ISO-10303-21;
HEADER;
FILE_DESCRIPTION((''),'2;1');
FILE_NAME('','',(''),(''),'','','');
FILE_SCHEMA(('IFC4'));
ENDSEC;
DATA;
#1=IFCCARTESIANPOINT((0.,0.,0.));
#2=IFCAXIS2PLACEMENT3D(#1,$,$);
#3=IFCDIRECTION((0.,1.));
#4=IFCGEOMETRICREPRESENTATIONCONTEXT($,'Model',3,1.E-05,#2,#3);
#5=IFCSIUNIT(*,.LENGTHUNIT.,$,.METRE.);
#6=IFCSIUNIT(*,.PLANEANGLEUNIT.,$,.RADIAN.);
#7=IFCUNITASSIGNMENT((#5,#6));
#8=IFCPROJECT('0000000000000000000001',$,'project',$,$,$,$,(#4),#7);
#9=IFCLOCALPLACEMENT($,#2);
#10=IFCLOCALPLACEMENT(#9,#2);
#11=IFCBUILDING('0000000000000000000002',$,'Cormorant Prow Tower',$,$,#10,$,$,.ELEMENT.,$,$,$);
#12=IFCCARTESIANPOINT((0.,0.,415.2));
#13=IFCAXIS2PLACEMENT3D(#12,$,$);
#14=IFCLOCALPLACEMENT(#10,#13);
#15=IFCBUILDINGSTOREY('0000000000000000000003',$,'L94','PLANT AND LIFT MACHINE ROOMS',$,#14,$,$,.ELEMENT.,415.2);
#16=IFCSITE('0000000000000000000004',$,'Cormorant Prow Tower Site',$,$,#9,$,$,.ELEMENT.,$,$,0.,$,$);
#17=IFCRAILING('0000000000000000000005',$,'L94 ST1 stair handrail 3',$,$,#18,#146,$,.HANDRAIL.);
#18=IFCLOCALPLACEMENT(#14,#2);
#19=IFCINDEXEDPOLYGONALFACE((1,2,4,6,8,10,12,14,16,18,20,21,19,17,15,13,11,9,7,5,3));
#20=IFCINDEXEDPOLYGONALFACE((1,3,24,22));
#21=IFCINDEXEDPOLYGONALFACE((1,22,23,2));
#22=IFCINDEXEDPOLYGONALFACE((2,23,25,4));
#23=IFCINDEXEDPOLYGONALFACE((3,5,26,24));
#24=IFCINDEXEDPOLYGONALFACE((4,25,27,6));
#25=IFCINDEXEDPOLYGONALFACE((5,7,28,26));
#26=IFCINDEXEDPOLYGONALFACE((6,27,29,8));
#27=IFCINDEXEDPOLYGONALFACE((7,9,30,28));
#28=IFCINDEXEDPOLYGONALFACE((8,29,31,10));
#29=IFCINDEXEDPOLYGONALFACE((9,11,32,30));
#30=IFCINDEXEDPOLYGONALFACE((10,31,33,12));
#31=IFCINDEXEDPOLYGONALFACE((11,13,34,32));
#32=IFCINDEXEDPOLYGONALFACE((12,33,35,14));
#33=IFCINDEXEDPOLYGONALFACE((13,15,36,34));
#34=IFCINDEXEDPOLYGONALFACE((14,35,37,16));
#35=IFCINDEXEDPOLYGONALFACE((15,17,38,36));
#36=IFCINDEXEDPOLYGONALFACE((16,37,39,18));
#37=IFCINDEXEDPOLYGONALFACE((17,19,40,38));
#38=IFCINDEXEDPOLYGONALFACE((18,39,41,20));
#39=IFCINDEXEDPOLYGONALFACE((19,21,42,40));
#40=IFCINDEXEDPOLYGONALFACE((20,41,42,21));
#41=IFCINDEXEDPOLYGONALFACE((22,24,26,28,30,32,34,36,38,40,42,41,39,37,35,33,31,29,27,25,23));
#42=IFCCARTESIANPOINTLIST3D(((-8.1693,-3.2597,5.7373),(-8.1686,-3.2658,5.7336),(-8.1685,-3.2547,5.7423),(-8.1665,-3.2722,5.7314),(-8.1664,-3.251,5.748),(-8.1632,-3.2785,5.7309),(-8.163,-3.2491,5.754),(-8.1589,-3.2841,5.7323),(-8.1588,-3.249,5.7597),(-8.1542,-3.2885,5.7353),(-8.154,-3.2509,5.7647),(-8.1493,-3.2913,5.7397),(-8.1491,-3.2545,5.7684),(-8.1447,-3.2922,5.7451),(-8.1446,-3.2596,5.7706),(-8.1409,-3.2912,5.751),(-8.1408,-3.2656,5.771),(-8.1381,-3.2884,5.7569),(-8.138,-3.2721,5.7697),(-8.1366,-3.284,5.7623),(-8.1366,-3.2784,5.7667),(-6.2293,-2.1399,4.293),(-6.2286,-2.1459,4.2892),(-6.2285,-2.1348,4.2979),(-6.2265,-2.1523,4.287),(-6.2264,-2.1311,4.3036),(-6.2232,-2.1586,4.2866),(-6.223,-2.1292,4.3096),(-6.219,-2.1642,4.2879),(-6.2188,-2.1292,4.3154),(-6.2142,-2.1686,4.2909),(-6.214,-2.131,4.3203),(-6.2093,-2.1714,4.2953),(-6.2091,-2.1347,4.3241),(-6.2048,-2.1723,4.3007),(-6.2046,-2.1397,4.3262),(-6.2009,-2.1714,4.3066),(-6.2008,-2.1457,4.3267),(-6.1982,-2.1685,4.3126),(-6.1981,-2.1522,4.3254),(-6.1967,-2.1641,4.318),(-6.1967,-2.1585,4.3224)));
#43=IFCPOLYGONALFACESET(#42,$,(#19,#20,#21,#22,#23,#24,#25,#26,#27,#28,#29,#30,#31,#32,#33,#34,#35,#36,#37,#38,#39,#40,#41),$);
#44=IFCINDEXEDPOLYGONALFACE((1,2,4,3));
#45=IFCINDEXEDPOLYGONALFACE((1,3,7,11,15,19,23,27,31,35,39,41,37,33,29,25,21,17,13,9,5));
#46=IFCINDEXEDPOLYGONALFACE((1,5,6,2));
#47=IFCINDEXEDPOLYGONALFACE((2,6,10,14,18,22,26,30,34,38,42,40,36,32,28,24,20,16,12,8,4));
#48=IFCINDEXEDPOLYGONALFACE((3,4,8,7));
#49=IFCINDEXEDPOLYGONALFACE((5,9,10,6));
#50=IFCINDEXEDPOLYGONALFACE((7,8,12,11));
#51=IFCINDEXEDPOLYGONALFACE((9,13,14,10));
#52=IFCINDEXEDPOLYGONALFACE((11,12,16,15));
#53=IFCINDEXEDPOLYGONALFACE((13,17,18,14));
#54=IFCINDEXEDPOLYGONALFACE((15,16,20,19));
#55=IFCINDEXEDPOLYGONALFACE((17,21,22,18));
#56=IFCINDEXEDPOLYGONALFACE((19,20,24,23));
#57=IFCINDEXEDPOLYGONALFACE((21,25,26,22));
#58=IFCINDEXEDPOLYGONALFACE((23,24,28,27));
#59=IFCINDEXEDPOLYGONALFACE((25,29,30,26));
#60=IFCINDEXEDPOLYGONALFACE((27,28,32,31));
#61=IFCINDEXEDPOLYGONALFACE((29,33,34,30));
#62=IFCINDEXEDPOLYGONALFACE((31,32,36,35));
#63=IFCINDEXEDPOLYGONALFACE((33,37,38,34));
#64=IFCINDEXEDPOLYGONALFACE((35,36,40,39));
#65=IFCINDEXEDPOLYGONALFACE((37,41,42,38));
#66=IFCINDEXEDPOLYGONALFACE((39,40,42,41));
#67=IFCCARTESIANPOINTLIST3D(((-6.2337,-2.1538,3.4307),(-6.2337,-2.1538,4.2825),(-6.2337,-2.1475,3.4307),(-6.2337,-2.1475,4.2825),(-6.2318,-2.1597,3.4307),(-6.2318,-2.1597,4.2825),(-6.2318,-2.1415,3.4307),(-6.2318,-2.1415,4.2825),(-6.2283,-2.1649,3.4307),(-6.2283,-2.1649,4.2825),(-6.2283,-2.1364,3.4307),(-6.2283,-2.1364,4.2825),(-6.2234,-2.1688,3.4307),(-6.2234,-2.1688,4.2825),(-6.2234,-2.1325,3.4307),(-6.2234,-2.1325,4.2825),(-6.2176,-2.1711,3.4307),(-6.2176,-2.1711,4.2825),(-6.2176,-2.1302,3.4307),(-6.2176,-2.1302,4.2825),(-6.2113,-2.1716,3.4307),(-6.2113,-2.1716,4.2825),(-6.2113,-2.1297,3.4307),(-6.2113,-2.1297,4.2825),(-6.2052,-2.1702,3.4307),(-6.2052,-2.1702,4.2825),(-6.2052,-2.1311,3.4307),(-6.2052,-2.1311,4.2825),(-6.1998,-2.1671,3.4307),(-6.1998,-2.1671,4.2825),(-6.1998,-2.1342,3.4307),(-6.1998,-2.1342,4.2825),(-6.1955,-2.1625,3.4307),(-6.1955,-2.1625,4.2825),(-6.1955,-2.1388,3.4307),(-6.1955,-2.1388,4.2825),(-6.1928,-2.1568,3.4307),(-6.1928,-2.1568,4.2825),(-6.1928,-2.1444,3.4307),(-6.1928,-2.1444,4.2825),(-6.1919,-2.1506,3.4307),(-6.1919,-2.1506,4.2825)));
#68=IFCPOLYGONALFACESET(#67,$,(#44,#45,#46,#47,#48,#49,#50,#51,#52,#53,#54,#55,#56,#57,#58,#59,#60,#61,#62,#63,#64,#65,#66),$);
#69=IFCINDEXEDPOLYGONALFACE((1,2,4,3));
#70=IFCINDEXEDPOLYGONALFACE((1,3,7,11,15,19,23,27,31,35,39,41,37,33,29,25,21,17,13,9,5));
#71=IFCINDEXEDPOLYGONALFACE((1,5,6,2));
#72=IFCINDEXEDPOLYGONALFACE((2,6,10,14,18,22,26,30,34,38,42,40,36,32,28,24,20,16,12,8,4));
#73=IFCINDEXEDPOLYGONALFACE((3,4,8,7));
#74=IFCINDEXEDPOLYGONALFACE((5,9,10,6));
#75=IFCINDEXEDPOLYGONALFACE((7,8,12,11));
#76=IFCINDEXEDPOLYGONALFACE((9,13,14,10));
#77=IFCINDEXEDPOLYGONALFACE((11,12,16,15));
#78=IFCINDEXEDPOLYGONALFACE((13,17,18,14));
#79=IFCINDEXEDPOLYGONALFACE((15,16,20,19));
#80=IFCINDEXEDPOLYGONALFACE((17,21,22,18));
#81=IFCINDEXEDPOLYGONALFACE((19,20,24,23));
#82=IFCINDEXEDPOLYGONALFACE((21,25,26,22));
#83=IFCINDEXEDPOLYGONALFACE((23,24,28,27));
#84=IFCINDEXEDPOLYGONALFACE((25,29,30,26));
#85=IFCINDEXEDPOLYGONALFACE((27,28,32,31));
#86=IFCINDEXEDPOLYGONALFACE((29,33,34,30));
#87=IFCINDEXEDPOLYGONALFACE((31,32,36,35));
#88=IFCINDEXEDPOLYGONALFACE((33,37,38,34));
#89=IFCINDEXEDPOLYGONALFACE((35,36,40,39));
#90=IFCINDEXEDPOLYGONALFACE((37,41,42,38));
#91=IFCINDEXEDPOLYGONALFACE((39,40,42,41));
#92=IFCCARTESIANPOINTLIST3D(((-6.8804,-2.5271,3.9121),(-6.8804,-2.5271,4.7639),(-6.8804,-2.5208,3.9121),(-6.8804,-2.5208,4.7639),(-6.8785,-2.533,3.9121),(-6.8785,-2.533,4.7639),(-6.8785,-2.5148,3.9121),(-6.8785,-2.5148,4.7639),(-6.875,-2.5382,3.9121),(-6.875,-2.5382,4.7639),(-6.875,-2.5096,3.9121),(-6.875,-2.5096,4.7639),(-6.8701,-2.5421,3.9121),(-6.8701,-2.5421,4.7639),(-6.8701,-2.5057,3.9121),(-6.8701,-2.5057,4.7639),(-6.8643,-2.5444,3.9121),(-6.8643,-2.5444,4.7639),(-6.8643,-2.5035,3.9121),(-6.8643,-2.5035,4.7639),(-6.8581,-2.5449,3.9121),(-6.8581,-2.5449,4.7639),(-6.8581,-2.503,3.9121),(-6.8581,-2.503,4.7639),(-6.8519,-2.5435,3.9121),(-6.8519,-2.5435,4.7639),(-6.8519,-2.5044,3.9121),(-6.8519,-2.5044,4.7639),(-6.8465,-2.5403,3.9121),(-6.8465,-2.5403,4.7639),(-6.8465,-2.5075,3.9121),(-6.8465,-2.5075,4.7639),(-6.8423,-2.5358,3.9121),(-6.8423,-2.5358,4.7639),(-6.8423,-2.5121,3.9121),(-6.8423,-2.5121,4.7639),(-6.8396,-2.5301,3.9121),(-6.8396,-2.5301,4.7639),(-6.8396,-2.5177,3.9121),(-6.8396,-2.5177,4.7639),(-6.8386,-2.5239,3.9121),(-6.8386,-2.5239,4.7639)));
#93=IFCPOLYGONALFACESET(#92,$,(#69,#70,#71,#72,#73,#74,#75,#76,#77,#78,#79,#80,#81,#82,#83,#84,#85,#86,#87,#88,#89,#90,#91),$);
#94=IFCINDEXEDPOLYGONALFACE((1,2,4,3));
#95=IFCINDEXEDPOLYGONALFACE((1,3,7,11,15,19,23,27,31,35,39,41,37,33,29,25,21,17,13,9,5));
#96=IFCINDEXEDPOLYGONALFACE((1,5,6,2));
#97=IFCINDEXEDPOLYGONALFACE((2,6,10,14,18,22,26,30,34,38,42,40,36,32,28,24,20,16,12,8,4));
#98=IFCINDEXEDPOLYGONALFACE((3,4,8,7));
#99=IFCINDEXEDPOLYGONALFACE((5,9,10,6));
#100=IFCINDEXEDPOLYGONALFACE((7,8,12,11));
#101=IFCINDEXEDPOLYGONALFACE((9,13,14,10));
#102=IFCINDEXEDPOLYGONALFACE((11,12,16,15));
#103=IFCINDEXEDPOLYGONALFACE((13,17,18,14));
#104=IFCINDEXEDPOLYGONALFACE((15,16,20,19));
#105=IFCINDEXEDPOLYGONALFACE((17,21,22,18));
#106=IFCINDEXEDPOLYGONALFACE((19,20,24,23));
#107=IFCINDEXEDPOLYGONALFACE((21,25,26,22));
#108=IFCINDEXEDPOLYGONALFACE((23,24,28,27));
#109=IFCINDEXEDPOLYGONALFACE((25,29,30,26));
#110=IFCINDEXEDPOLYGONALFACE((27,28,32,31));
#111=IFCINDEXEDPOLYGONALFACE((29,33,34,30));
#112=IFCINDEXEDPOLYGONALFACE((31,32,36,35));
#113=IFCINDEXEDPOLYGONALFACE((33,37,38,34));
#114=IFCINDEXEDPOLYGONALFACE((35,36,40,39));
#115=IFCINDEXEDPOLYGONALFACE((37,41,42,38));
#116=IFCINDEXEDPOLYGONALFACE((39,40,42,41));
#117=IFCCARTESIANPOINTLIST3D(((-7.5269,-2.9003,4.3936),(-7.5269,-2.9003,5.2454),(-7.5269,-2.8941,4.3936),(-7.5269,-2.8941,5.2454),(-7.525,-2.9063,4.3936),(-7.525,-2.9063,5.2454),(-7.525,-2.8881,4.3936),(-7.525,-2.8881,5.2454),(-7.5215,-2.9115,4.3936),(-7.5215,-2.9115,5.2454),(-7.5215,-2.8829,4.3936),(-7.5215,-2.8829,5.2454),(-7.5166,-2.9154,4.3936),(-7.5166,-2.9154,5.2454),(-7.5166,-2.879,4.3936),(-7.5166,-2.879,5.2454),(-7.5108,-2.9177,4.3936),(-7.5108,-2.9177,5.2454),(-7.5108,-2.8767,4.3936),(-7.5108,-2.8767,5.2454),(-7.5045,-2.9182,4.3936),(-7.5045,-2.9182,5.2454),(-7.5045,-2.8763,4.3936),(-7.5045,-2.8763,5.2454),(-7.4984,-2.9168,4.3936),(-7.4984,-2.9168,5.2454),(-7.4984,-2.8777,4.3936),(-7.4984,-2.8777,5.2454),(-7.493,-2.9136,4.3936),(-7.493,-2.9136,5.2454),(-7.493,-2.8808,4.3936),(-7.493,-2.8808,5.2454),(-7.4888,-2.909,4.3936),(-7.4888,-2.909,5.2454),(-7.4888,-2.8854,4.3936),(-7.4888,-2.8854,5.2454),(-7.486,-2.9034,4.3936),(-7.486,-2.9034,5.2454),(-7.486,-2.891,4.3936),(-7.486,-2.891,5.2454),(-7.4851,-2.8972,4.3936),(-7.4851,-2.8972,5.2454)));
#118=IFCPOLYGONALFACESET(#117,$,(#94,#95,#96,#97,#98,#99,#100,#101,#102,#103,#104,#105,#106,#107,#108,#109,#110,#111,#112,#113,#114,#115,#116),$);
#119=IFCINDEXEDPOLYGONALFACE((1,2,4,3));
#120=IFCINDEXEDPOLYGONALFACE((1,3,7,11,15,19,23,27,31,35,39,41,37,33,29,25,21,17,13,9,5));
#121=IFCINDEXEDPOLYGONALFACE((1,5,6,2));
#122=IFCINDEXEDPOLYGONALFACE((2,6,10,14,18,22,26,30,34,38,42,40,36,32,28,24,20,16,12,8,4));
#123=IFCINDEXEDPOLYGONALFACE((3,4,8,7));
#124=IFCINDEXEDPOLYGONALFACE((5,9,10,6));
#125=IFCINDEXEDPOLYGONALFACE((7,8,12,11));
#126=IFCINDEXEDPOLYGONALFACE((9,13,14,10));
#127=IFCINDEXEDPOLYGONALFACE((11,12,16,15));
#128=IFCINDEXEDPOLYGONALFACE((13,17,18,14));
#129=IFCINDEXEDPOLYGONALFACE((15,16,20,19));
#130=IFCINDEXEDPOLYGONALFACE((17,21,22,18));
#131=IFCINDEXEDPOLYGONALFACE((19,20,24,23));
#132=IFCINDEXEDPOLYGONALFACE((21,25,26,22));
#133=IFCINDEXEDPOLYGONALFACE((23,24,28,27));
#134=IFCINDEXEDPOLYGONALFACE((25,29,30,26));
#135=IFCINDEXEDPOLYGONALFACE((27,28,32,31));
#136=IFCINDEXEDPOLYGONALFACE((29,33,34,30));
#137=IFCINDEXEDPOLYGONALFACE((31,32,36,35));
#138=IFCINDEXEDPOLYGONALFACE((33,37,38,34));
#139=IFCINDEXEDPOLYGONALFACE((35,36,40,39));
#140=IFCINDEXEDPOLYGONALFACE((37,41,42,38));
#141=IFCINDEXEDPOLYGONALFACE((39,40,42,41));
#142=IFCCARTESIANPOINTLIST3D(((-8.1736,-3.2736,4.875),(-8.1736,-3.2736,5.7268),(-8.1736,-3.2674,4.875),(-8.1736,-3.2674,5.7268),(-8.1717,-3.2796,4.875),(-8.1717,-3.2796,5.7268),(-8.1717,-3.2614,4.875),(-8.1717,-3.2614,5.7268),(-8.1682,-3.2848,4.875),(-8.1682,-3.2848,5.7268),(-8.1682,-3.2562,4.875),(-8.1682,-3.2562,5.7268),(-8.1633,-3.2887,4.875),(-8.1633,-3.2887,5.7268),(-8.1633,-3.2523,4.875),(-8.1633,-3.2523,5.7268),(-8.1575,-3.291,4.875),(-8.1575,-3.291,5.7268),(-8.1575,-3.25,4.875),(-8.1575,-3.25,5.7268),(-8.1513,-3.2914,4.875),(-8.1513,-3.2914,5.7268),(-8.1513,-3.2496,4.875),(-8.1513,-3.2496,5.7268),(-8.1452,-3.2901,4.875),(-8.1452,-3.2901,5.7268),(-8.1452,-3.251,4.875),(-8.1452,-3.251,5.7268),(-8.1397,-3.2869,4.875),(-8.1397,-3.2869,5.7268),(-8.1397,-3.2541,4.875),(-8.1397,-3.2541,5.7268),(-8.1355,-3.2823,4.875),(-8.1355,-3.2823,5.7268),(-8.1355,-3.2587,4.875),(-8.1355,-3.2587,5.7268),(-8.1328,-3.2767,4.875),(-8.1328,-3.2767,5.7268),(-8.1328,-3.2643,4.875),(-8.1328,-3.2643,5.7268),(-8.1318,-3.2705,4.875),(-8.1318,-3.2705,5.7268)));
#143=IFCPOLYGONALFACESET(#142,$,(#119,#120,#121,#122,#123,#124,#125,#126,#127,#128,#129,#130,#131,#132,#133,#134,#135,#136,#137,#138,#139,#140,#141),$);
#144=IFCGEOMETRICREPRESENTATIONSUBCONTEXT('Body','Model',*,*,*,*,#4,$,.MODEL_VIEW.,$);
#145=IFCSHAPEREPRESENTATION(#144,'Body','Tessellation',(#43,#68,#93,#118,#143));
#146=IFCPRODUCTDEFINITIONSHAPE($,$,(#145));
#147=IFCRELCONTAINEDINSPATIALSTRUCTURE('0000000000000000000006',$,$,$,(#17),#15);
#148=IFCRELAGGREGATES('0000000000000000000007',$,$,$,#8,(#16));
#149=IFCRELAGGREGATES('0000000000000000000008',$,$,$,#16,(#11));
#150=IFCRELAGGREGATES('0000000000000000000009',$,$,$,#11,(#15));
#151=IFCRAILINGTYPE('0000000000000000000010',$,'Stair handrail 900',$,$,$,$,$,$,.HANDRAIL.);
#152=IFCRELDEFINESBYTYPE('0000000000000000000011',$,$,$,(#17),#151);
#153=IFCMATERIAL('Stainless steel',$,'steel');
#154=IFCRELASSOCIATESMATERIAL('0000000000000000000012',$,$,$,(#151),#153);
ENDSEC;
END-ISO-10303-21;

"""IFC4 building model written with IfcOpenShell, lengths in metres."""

from ifc_helpers import new_model, si_unit, direction, frame, origin, origin_2d, place, context, subcontext, project, spatial, circle, extrude, material, type_object, element, save


model = new_model("IFC4")

# Units and contexts
model_context = context("Model", 3, precision=1e-05, world=origin(), true_north=direction((0.0, 1.0)))
body_context = subcontext(model_context, "Body", "Model", "MODEL_VIEW")
ifc_project = project(units=[si_unit("LENGTHUNIT", "METRE"), si_unit("PLANEANGLEUNIT", "RADIAN")], contexts=[model_context])

# Site, building, storey
site_placement = place(None, origin())
site = spatial("IfcSite", under=ifc_project, at=site_placement, Name="Cormorant Prow Tower Site", CompositionType="ELEMENT", RefElevation=0.0)
building_placement = place(site_placement, origin())
building = spatial("IfcBuilding", under=site, at=building_placement, Name="Cormorant Prow Tower", CompositionType="ELEMENT")
storey_placement = place(building_placement, frame((0.0, 0.0, 415.2)))
storey = spatial("IfcBuildingStorey", under=building, at=storey_placement, Name="L94", Description="PLANT AND LIFT MACHINE ROOMS", CompositionType="ELEMENT", Elevation=415.2)

# Railing
ifc_material_1 = material(Name="Stainless steel", Category="steel")
railing_type_1 = type_object("IfcRailingType", Name="Stair handrail 900", PredefinedType="HANDRAIL", material=ifc_material_1)
railing_1_placement = place(storey_placement, frame((-6.2129, -2.1506, 3.4307)))
element("IfcRailing", 1, at=railing_1_placement, inside=storey, type_object=railing_type_1, Name="L94 ST1 stair handrail 3", PredefinedType="HANDRAIL", context=body_context, shape_type="SweptSolid", body=[
    extrude(circle(Radius=0.0239, at=origin_2d()), frame((0.0, 0.0, 0.876), z_axis=(-0.727863, -0.420175, 0.541912), x_axis=(0.499949, -0.866055, 0.0)), (0.0, 0.0, 1.0), 2.6653),
    extrude(circle(Radius=0.021, at=origin_2d()), origin(), (0.0, 0.0, 1.0), 0.8518),
    extrude(circle(Radius=0.021, at=origin_2d()), frame((-0.6467, -0.3733, 0.4814)), (0.0, 0.0, 1.0), 0.8518),
    extrude(circle(Radius=0.021, at=origin_2d()), frame((-1.2932, -0.7466, 0.9629)), (0.0, 0.0, 1.0), 0.8518),
    extrude(circle(Radius=0.021, at=origin_2d()), frame((-1.9399, -1.1199, 1.4443)), (0.0, 0.0, 1.0), 0.8518),
])

save(model, "model.ifc")
